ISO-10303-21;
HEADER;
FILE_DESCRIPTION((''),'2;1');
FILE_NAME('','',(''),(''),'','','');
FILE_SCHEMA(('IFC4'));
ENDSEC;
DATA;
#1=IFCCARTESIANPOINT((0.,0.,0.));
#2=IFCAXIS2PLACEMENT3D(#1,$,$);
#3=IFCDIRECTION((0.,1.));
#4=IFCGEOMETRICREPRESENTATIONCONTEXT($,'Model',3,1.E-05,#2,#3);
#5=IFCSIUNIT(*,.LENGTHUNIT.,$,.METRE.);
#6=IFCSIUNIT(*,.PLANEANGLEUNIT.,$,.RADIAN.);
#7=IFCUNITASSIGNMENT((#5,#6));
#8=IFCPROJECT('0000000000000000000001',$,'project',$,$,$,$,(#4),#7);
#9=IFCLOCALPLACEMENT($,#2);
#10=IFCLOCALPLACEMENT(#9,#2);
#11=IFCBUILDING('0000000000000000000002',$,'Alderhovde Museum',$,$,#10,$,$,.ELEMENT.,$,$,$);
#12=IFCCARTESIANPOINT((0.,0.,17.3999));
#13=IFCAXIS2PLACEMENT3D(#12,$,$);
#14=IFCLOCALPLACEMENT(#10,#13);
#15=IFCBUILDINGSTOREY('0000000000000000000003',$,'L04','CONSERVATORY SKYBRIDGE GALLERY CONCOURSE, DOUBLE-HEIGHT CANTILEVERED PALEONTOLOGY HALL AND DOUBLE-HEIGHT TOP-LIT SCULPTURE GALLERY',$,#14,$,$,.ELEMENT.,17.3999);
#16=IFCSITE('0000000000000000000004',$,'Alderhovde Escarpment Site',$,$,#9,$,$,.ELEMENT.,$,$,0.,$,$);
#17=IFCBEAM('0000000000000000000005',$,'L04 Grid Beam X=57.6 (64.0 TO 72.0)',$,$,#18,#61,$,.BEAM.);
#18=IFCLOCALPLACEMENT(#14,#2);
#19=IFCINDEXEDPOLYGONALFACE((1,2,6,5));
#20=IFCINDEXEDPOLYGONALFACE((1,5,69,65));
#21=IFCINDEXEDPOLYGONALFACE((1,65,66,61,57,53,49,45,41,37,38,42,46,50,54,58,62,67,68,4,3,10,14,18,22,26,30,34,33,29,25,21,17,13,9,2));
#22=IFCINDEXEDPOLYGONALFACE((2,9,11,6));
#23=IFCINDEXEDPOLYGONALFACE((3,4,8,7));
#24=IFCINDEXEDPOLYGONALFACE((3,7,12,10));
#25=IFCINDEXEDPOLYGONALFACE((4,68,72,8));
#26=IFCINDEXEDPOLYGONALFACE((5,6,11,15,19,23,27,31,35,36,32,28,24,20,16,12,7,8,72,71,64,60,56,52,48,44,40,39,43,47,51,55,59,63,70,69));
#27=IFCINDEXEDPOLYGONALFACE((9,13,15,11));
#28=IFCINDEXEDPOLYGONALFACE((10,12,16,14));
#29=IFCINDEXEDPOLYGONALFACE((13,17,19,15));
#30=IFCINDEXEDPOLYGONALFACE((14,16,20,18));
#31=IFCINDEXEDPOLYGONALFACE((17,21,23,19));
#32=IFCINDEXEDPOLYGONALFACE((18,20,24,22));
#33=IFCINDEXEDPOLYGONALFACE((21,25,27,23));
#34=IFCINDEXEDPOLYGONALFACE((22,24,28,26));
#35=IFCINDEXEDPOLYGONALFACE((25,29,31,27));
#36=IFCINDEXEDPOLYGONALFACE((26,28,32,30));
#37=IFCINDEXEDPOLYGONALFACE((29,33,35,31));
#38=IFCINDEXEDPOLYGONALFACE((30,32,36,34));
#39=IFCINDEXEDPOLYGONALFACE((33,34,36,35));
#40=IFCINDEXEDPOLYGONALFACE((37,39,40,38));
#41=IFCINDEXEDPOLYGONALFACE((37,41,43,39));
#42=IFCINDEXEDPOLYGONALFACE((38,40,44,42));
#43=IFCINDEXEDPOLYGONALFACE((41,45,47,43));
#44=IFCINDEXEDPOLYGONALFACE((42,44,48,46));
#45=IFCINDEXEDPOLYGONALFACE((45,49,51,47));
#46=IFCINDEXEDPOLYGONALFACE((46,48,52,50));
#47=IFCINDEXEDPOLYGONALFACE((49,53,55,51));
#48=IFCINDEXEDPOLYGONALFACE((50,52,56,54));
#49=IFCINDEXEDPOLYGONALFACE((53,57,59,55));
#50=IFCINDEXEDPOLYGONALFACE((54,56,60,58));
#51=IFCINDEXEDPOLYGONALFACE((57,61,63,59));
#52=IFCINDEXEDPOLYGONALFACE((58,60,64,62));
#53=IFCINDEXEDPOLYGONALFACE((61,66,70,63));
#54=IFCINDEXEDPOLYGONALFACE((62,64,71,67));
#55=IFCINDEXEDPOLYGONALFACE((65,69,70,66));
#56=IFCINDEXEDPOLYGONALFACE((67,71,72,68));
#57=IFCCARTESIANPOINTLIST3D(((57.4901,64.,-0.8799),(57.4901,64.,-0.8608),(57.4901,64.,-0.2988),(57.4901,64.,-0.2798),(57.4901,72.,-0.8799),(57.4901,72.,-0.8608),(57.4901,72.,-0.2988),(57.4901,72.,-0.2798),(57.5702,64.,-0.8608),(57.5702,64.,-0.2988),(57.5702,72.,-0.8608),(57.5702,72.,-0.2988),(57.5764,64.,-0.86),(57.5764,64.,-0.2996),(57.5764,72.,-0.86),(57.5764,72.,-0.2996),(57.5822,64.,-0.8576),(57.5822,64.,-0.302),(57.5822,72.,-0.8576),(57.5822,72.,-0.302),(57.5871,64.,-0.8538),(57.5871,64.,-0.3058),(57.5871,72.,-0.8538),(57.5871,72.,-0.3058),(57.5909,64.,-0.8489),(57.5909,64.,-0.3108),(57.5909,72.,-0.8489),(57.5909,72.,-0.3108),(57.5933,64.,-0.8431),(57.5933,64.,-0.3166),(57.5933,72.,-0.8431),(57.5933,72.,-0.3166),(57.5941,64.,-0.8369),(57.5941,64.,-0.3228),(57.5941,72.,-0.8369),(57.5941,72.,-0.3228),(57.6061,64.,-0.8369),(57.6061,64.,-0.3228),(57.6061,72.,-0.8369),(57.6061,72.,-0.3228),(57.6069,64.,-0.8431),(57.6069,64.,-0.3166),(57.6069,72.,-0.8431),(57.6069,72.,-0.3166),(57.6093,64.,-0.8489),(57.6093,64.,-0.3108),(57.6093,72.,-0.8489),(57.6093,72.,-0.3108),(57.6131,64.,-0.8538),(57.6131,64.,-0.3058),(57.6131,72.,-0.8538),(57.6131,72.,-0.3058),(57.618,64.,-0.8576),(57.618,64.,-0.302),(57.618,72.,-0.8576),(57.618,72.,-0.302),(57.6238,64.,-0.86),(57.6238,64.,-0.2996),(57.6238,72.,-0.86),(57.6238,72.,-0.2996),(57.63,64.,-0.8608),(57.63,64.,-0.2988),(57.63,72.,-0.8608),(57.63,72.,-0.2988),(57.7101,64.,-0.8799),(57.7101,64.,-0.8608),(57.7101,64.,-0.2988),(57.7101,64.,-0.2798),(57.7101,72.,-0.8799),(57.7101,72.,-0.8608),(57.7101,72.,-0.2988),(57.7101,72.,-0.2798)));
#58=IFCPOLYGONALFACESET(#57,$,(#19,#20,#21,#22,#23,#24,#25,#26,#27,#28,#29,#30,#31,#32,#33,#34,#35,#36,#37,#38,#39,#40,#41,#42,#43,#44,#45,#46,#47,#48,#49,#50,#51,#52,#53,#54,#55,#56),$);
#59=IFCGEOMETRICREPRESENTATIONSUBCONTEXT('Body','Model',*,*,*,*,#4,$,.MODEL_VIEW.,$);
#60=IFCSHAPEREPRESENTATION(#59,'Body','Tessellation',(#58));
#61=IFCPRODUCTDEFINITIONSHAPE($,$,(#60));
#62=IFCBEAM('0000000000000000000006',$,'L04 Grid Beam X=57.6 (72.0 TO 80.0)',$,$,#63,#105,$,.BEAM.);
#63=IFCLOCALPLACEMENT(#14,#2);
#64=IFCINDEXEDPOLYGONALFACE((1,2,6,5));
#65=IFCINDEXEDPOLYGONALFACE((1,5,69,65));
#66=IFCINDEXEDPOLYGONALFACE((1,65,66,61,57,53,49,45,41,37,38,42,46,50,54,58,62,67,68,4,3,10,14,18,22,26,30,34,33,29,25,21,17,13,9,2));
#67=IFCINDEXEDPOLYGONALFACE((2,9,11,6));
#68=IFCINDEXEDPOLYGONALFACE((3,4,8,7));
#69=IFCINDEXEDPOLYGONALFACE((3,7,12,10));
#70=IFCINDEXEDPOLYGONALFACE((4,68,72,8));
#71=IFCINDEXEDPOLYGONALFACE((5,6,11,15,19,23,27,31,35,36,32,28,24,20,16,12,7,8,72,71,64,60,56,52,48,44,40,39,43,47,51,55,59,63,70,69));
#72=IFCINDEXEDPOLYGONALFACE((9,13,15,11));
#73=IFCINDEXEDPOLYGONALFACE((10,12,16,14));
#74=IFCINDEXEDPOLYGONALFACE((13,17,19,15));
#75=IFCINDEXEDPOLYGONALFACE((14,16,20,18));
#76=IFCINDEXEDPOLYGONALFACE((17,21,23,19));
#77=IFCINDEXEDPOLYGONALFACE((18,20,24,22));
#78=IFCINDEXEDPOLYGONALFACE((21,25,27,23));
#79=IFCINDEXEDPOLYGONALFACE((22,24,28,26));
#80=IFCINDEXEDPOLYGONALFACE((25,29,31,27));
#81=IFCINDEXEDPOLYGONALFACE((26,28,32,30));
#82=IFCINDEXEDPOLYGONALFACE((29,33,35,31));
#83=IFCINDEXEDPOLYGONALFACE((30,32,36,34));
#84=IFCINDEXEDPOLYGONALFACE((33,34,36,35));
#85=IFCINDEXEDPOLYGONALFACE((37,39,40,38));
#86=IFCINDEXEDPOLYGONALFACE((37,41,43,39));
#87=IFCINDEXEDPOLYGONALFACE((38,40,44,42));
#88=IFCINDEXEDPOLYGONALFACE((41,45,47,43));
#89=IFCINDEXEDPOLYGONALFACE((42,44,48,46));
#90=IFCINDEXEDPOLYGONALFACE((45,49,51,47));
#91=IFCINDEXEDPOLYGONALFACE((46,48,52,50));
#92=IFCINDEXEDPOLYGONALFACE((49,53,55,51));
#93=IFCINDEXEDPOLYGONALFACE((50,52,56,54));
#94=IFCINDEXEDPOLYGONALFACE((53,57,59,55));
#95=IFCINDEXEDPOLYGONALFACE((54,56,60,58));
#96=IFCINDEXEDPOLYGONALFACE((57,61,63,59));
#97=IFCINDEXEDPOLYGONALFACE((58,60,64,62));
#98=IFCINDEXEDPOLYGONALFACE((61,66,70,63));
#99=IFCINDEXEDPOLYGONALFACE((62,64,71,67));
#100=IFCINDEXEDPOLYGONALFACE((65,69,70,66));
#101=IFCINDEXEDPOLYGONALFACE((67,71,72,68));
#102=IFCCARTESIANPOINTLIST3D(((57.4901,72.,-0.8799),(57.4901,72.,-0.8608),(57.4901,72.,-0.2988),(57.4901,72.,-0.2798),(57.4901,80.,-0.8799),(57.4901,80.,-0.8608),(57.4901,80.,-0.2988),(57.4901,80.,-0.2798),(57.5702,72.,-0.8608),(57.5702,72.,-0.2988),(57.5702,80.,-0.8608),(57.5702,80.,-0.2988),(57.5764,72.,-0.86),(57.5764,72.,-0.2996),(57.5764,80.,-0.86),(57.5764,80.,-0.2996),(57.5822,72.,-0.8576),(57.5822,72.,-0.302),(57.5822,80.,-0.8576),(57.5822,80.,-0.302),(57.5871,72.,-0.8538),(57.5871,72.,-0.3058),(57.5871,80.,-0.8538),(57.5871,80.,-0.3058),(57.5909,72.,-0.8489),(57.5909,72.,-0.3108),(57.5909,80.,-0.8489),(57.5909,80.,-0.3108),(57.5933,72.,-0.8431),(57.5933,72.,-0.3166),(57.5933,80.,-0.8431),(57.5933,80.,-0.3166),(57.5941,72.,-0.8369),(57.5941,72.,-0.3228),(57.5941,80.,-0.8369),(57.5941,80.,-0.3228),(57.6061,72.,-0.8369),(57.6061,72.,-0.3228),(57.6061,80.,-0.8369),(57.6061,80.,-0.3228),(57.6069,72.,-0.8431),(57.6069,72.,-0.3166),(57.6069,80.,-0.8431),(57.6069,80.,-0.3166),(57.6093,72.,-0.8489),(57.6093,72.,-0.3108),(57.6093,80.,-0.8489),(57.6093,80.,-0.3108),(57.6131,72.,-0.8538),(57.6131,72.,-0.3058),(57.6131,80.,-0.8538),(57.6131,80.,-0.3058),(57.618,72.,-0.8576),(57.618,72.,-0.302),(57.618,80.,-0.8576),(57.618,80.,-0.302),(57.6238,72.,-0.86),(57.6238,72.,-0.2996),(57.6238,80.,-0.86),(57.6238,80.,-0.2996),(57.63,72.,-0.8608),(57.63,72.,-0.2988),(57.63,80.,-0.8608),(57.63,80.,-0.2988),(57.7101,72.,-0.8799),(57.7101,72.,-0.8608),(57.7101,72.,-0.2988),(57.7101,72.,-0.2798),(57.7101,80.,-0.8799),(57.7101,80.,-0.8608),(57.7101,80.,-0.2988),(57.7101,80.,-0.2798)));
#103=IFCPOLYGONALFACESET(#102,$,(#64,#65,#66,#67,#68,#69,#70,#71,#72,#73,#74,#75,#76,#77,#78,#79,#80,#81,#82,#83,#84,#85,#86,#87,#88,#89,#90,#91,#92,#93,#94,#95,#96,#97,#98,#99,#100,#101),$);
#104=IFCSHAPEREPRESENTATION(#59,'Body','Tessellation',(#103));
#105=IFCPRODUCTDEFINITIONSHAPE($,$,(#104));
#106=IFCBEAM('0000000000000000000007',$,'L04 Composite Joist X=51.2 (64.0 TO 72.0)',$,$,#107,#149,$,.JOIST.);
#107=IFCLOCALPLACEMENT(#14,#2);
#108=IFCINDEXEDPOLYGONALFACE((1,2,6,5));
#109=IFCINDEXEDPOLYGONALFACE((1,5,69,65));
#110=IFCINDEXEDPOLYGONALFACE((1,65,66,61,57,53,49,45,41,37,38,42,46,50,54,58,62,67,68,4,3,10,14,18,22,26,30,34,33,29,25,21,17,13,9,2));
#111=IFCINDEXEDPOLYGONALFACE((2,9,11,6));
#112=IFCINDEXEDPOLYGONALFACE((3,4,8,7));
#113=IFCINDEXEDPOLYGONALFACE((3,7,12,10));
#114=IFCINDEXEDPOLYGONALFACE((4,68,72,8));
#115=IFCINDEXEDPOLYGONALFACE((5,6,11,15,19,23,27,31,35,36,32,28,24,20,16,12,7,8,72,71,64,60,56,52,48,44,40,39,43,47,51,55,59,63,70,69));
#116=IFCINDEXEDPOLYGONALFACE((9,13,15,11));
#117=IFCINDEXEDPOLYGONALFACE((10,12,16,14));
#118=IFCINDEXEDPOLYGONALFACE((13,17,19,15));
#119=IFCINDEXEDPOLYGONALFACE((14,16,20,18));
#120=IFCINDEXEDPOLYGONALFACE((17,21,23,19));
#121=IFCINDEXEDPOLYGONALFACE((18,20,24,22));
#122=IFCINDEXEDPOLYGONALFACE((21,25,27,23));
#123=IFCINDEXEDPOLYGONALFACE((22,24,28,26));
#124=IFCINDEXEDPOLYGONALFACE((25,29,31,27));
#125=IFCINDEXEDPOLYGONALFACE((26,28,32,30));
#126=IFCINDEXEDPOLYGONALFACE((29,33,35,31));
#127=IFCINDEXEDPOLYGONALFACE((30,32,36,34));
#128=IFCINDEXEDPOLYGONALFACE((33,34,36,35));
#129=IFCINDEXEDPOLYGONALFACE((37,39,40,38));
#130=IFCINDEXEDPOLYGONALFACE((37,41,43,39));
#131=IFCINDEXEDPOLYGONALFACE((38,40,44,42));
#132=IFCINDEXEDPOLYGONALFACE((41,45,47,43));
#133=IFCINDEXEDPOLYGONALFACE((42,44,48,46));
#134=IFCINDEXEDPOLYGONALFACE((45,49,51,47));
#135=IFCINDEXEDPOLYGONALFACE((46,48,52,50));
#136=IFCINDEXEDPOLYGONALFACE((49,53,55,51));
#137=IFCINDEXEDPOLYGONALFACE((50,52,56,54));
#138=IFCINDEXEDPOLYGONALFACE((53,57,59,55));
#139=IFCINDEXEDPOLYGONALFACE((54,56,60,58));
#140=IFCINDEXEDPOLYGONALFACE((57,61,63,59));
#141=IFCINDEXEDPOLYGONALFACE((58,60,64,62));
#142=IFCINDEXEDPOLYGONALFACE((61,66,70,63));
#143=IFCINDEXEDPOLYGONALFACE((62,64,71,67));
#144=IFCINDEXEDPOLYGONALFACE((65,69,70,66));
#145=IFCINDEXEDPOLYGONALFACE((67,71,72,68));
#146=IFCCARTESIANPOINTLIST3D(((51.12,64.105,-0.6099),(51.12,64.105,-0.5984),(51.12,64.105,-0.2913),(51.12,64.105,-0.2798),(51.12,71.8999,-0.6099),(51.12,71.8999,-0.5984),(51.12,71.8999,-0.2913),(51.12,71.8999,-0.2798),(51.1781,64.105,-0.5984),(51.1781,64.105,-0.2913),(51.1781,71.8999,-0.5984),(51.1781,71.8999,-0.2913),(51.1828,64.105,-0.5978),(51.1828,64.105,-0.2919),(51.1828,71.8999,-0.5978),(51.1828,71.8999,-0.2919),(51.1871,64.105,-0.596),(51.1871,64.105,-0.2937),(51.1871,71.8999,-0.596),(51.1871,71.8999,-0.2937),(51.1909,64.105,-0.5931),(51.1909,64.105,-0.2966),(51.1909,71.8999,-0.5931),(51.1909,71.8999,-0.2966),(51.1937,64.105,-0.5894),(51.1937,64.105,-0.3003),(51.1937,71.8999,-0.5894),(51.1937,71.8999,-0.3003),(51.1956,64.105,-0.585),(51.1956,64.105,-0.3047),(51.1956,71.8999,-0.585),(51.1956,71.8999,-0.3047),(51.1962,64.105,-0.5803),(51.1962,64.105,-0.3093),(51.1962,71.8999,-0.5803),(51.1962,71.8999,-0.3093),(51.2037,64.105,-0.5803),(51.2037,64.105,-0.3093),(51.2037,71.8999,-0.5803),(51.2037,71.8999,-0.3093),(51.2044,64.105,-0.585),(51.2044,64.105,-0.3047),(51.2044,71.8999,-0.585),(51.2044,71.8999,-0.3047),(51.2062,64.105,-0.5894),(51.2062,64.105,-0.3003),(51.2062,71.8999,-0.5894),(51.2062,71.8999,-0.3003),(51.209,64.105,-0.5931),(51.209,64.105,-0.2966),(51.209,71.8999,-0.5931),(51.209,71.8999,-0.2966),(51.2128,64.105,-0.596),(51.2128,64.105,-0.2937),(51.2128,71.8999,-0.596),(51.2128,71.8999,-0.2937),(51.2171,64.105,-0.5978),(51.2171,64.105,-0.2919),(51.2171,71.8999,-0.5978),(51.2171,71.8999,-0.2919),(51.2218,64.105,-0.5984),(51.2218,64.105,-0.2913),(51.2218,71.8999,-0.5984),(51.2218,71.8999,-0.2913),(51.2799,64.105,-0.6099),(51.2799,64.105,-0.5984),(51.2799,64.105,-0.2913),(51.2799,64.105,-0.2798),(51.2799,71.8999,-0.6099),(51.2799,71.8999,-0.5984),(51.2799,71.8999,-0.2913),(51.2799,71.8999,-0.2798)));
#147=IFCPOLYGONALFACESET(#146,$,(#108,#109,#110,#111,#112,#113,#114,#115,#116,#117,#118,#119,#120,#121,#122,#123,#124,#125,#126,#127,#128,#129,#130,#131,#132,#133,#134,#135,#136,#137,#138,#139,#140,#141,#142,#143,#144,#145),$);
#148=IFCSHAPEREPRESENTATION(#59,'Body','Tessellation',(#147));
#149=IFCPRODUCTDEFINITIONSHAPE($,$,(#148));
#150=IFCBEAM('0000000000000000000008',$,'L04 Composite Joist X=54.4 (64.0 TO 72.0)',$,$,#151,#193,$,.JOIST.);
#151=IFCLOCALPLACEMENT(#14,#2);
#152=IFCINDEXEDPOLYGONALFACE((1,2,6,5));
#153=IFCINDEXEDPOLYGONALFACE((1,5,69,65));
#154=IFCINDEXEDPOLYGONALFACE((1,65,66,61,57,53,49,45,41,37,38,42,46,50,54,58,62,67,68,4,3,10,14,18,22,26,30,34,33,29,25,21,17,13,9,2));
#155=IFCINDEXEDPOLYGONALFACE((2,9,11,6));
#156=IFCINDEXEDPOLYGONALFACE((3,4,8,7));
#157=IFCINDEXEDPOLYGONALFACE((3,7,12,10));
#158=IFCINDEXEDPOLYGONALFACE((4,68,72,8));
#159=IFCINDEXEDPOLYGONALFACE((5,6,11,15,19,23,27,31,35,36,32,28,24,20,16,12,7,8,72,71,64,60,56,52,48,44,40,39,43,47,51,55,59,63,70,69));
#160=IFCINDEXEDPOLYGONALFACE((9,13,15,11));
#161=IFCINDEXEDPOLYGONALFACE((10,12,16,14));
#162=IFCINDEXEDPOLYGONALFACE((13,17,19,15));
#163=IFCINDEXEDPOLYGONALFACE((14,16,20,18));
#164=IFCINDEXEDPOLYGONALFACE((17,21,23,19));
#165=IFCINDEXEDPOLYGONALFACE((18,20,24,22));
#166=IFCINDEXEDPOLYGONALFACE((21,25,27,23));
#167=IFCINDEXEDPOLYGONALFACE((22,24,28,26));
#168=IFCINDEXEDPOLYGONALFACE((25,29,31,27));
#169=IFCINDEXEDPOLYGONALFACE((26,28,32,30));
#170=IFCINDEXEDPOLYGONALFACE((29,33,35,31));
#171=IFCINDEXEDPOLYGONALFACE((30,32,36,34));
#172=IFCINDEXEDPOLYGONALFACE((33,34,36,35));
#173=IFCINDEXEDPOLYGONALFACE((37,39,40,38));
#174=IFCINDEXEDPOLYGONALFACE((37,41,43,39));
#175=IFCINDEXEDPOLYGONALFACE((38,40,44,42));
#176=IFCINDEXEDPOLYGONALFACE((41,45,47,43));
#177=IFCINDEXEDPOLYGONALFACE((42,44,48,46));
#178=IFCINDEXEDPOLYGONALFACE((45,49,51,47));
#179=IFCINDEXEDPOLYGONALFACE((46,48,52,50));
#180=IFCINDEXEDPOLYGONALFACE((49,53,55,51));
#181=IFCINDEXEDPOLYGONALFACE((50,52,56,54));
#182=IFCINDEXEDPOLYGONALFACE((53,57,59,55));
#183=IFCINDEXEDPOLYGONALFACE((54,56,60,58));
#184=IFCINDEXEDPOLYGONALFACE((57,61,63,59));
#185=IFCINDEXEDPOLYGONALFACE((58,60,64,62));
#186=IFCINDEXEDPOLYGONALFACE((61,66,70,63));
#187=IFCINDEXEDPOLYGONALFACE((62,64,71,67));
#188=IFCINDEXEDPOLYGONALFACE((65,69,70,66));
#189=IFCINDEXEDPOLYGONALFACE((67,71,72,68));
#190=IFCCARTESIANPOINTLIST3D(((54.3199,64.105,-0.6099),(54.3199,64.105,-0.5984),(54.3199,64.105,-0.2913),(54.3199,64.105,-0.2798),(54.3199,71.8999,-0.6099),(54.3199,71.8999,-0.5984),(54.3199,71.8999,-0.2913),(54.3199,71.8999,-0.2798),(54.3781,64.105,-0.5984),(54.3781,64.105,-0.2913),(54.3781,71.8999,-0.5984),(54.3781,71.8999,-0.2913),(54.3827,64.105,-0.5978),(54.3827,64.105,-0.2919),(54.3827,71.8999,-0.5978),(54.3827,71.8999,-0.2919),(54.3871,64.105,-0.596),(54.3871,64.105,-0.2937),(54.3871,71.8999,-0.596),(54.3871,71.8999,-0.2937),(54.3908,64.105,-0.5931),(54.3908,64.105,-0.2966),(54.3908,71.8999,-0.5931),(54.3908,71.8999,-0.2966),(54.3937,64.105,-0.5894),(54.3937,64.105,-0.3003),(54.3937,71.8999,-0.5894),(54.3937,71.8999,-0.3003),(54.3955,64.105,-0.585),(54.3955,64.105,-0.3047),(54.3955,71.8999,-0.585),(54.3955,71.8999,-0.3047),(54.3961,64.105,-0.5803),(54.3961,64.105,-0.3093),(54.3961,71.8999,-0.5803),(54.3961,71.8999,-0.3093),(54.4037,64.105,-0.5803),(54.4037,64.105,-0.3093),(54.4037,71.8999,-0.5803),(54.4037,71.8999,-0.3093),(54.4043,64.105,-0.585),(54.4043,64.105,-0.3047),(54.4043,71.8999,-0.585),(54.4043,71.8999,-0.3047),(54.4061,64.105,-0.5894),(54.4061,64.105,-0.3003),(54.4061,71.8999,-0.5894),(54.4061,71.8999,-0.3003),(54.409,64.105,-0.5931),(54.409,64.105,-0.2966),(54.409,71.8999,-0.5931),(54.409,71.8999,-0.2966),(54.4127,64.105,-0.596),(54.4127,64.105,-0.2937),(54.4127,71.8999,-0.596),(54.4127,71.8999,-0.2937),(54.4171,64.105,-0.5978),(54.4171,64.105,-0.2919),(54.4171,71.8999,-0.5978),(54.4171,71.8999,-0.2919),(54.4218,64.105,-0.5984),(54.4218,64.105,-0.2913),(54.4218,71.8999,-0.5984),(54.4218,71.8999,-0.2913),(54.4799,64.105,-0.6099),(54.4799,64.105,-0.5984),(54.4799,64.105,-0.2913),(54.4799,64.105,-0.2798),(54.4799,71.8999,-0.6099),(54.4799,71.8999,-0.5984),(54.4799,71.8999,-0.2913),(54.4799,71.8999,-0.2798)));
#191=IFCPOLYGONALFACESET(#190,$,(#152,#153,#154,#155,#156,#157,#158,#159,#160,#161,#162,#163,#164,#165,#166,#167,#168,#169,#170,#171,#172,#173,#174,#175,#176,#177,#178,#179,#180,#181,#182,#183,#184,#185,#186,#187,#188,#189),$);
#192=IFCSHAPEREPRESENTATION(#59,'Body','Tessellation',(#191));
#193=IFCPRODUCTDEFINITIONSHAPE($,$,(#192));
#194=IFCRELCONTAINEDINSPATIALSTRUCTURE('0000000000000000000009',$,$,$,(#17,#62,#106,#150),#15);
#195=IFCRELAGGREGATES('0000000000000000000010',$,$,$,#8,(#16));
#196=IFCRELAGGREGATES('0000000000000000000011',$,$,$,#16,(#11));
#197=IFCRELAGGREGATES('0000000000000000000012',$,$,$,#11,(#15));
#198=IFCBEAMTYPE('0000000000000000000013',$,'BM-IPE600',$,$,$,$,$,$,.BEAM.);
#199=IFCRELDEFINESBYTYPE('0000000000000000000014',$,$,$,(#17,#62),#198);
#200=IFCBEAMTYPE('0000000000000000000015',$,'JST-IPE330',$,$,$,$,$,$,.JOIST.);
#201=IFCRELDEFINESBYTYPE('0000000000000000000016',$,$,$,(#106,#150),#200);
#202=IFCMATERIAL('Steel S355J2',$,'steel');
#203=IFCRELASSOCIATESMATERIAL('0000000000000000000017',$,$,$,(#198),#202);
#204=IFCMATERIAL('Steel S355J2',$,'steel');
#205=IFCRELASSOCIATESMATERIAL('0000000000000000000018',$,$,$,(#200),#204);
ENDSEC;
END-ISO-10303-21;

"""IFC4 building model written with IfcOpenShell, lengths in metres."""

from ifc_helpers import new_model, si_unit, direction, frame, origin, origin_2d, place, context, subcontext, project, spatial, i_section, extrude, material, material_profile, profile_set, type_object, element, save


model = new_model("IFC4")

# Units and contexts
model_context = context("Model", 3, precision=1e-05, world=origin(), true_north=direction((0.0, 1.0)))
body_context = subcontext(model_context, "Body", "Model", "MODEL_VIEW")
ifc_project = project(units=[si_unit("LENGTHUNIT", "METRE"), si_unit("PLANEANGLEUNIT", "RADIAN")], contexts=[model_context])

# Site, building, storey
site_placement = place(None, origin())
site = spatial("IfcSite", under=ifc_project, at=site_placement, Name="Alderhovde Escarpment Site", CompositionType="ELEMENT", RefElevation=0.0)
building_placement = place(site_placement, origin())
building = spatial("IfcBuilding", under=site, at=building_placement, Name="Alderhovde Museum", CompositionType="ELEMENT")
storey_placement = place(building_placement, frame((0.0, 0.0, 17.3999)))
storey = spatial("IfcBuildingStorey", under=building, at=storey_placement, Name="L04", Description="CONSERVATORY SKYBRIDGE GALLERY CONCOURSE, DOUBLE-HEIGHT CANTILEVERED PALEONTOLOGY HALL AND DOUBLE-HEIGHT TOP-LIT SCULPTURE GALLERY", CompositionType="ELEMENT", Elevation=17.3999)

# Beams
ifc_material_1 = material(Name="Steel S355J2", Category="steel")
ifc_material_profile_1 = material_profile(ifc_material_1, i_section(OverallWidth=0.22, OverallDepth=0.6001, WebThickness=0.012, FlangeThickness=0.019, FilletRadius=0.0239, at=origin_2d()), Name="IPE 600")
ifc_profile_set_1 = profile_set([ifc_material_profile_1], Name="Steel S355J2")
beam_type_1 = type_object("IfcBeamType", Name="BM-IPE600", PredefinedType="BEAM", material=ifc_profile_set_1)
for number, where, z_axis, x_axis, name in (
    (1, (57.6001, 64.0, -0.5798), (0.0, 1.0, 0.0), (-1.0, 0.0, 0.0), "L04 Grid Beam X=57.6 (64.0 TO 72.0)"),
    (2, (57.6001, 72.0, -0.5798), (0.0, 1.0, 0.0), (-1.0, 0.0, 0.0), "L04 Grid Beam X=57.6 (72.0 TO 80.0)"),
):
    element("IfcBeam", number, at=place(storey_placement, frame(where, z_axis=z_axis, x_axis=x_axis)), inside=storey, type_object=beam_type_1, Name=name, PredefinedType="BEAM", context=body_context, shape_type="SweptSolid", body=[
        extrude(i_section(OverallWidth=0.22, OverallDepth=0.6001, WebThickness=0.012, FlangeThickness=0.019, FilletRadius=0.0239, at=origin_2d()), origin(), (0.0, 0.0, 1.0), 8.0),
    ])
ifc_material_2 = material(Name="Steel S355J2", Category="steel")
ifc_material_profile_2 = material_profile(ifc_material_2, i_section(OverallWidth=0.1599, OverallDepth=0.3301, WebThickness=0.0076, FlangeThickness=0.0115, FilletRadius=0.0181, at=origin_2d()), Name="IPE 330")
ifc_profile_set_2 = profile_set([ifc_material_profile_2], Name="Steel S355J2")
beam_type_2 = type_object("IfcBeamType", Name="JST-IPE330", PredefinedType="JOIST", material=ifc_profile_set_2)
for number, where, z_axis, x_axis, name in (
    (3, (51.2, 64.105, -0.4448), (0.0, 1.0, 0.0), (-1.0, 0.0, 0.0), "L04 Composite Joist X=51.2 (64.0 TO 72.0)"),
    (4, (54.3999, 64.105, -0.4448), (0.0, 1.0, 0.0), (-1.0, 0.0, 0.0), "L04 Composite Joist X=54.4 (64.0 TO 72.0)"),
):
    element("IfcBeam", number, at=place(storey_placement, frame(where, z_axis=z_axis, x_axis=x_axis)), inside=storey, type_object=beam_type_2, Name=name, PredefinedType="JOIST", context=body_context, shape_type="SweptSolid", body=[
        extrude(i_section(OverallWidth=0.1599, OverallDepth=0.3301, WebThickness=0.0076, FlangeThickness=0.0115, FilletRadius=0.0181, at=origin_2d()), origin(), (0.0, 0.0, 1.0), 7.7949),
    ])

save(model, "model.ifc")
